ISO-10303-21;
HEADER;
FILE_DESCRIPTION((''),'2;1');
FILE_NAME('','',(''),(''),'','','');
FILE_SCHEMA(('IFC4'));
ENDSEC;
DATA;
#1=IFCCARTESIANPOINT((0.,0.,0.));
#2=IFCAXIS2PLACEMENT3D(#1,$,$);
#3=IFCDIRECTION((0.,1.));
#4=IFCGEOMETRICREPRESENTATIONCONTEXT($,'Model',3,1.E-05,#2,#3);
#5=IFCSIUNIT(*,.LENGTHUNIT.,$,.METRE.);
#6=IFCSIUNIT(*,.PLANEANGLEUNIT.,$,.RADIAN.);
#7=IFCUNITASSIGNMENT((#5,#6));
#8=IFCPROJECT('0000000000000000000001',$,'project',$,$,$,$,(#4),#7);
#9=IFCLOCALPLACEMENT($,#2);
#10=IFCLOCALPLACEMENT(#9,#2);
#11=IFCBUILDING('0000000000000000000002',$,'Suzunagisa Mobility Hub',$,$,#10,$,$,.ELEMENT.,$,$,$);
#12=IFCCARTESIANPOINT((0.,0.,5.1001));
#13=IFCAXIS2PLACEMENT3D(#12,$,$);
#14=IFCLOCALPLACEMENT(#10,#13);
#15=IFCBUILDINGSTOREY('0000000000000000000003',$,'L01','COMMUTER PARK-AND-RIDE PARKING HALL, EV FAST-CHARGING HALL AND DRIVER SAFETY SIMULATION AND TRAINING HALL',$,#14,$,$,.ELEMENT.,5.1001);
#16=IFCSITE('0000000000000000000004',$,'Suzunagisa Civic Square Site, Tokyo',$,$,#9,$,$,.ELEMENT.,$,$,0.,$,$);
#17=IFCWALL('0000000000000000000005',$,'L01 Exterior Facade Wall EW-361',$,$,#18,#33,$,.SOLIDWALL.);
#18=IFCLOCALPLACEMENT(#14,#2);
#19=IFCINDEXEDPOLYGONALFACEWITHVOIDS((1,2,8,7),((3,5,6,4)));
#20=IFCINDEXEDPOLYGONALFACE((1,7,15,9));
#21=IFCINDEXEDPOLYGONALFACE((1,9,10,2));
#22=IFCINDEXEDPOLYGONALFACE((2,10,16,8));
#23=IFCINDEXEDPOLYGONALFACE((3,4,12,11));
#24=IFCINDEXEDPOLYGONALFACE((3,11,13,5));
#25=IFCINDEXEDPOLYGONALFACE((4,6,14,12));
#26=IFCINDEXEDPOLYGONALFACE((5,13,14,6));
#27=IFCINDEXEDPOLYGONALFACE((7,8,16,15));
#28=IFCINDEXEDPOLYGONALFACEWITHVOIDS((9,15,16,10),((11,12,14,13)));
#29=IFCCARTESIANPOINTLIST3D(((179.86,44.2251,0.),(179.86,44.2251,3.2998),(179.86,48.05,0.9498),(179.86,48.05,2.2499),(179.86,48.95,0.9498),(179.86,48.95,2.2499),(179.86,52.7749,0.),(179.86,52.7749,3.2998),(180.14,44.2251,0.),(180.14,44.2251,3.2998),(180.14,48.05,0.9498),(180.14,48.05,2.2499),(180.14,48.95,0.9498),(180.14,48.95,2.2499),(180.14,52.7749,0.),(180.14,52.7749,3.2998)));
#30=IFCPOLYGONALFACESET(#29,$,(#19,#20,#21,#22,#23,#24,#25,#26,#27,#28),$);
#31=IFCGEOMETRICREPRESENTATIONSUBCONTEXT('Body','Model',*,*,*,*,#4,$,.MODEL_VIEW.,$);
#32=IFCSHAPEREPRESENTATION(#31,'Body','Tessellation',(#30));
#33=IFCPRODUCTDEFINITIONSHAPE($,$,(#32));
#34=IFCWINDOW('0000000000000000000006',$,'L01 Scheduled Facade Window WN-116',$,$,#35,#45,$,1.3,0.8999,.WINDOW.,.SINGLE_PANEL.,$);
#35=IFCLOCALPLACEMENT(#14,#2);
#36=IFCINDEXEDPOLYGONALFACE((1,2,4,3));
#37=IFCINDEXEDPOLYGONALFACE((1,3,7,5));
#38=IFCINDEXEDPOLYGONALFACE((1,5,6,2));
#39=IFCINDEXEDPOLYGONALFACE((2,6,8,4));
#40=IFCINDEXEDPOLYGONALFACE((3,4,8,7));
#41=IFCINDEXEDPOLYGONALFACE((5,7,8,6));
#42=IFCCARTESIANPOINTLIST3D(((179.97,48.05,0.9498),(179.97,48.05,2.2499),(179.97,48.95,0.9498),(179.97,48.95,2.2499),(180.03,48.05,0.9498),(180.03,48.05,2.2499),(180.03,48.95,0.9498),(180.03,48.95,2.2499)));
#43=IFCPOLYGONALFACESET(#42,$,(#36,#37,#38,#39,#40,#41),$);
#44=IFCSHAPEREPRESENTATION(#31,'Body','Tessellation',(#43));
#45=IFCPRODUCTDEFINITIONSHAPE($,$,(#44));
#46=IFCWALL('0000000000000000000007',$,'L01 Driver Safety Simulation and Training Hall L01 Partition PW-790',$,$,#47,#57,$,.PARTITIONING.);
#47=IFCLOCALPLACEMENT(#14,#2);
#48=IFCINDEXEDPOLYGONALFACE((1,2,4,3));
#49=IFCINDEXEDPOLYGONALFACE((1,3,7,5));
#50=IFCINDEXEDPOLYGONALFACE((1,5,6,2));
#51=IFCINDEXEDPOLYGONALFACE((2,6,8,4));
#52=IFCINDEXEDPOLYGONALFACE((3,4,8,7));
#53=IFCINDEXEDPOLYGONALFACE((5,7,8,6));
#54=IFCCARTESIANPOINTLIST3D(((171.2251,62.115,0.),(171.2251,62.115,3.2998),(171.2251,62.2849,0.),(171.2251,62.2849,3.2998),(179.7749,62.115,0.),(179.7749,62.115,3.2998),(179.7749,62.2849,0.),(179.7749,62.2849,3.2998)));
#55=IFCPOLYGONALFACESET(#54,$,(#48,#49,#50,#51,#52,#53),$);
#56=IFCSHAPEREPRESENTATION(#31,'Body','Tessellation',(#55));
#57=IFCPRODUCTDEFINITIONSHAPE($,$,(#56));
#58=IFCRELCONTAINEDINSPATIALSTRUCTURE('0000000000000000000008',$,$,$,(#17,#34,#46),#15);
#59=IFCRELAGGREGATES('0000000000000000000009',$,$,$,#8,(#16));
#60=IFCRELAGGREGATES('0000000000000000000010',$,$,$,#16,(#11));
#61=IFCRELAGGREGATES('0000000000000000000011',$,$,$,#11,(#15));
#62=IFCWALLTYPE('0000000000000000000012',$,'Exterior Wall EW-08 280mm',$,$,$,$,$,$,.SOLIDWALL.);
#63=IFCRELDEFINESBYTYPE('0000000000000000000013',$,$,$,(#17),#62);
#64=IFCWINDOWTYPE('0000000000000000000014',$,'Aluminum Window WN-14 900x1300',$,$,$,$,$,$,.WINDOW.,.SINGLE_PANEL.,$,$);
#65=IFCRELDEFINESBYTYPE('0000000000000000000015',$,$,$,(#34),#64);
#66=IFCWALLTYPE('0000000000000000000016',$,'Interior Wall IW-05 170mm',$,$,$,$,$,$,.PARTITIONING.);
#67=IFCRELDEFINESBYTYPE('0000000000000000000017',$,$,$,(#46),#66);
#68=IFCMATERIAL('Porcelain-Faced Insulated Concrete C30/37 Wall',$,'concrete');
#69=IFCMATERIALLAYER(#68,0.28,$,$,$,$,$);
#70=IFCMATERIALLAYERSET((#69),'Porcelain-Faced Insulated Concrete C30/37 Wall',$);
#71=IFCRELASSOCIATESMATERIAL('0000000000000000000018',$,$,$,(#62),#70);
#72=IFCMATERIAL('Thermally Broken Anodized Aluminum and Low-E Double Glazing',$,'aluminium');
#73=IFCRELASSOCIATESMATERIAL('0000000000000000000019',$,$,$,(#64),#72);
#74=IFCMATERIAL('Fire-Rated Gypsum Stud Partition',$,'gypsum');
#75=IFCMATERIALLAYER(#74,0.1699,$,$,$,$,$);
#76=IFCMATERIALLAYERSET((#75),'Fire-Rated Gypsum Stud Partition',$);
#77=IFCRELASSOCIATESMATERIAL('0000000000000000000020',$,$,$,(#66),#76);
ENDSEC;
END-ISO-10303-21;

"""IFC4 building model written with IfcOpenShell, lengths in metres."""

from ifc_helpers import new_model, si_unit, direction, frame, frame_2d, origin, place, context, subcontext, project, spatial, rectangle, extrude, material, layer, layer_set, type_object, element, fill, save


model = new_model("IFC4")

# Units and contexts
model_context = context("Model", 3, precision=1e-05, world=origin(), true_north=direction((0.0, 1.0)))
body_context = subcontext(model_context, "Body", "Model", "MODEL_VIEW")
ifc_project = project(units=[si_unit("LENGTHUNIT", "METRE"), si_unit("PLANEANGLEUNIT", "RADIAN")], contexts=[model_context])

# Site, building, storey
site_placement = place(None, origin())
site = spatial("IfcSite", under=ifc_project, at=site_placement, Name="Suzunagisa Civic Square Site, Tokyo", CompositionType="ELEMENT", RefElevation=0.0)
building_placement = place(site_placement, origin())
building = spatial("IfcBuilding", under=site, at=building_placement, Name="Suzunagisa Mobility Hub", CompositionType="ELEMENT")
storey_placement = place(building_placement, frame((0.0, 0.0, 5.1001)))
storey = spatial("IfcBuildingStorey", under=building, at=storey_placement, Name="L01", Description="COMMUTER PARK-AND-RIDE PARKING HALL, EV FAST-CHARGING HALL AND DRIVER SAFETY SIMULATION AND TRAINING HALL", CompositionType="ELEMENT", Elevation=5.1001)

# Wall, opening, window
ifc_material_1 = material(Name="Porcelain-Faced Insulated Concrete C30/37 Wall", Category="concrete")
ifc_material_2 = material(Name="Thermally Broken Anodized Aluminum and Low-E Double Glazing", Category="aluminium")
ifc_layer_1 = layer(ifc_material_1, 0.28)
ifc_layer_set_1 = layer_set([ifc_layer_1], Name="Porcelain-Faced Insulated Concrete C30/37 Wall")
wall_type_1 = type_object("IfcWallType", Name="Exterior Wall EW-08 280mm", PredefinedType="SOLIDWALL", material=ifc_layer_set_1)
wall_1_placement = place(storey_placement, frame((180.0, 44.2251, 0.0), z_axis=(0.0, 0.0, 1.0), x_axis=(0.0, 1.0, 0.0)))
wall_1 = element("IfcWall", 1, at=wall_1_placement, inside=storey, type_object=wall_type_1, Name="L01 Exterior Facade Wall EW-361", PredefinedType="SOLIDWALL", context=body_context, shape_type="SweptSolid", body=[
    extrude(rectangle(XDim=8.5498, YDim=0.28, at=frame_2d((4.2749, 0.0))), origin(), (0.0, 0.0, 1.0), 3.2998),
])
opening_1_placement = place(wall_1_placement, frame((3.825, 0.0, 0.95)))
opening_1 = element("IfcOpeningElement", 2, at=opening_1_placement, cuts=wall_1, PredefinedType="OPENING", context=body_context, shape_type="SweptSolid", body=[
    extrude(rectangle(XDim=0.8999, YDim=1.3, at=frame_2d((0.45, 0.6499))), frame((0.0, 0.1509, 0.0), z_axis=(0.0, -1.0, 0.0), x_axis=(1.0, 0.0, 0.0)), (0.0, 0.0, 1.0), 0.302),
])
window_type_1 = type_object("IfcWindowType", Name="Aluminum Window WN-14 900x1300", PartitioningType="SINGLE_PANEL", PredefinedType="WINDOW", material=ifc_material_2)
window_1_placement = place(opening_1_placement, origin())
window_1 = element("IfcWindow", 3, at=window_1_placement, inside=storey, type_object=window_type_1, Name="L01 Scheduled Facade Window WN-116", OverallHeight=1.3, OverallWidth=0.8999, PartitioningType="SINGLE_PANEL", PredefinedType="WINDOW", context=body_context, shape_type="SweptSolid", body=[
    extrude(rectangle(XDim=0.8999, YDim=1.3, at=frame_2d((0.45, 0.6499))), frame((0.0, 0.03, 0.0), z_axis=(0.0, -1.0, 0.0), x_axis=(1.0, 0.0, 0.0)), (0.0, 0.0, 1.0), 0.0601),
])
fill(opening_1, window_1)

# Wall
ifc_material_3 = material(Name="Fire-Rated Gypsum Stud Partition", Category="gypsum")
ifc_layer_2 = layer(ifc_material_3, 0.1699)
ifc_layer_set_2 = layer_set([ifc_layer_2], Name="Fire-Rated Gypsum Stud Partition")
wall_type_2 = type_object("IfcWallType", Name="Interior Wall IW-05 170mm", PredefinedType="PARTITIONING", material=ifc_layer_set_2)
wall_2_placement = place(storey_placement, frame((171.2251, 62.2, 0.0), z_axis=(0.0, 0.0, 1.0), x_axis=(1.0, 0.0, 0.0)))
element("IfcWall", 4, at=wall_2_placement, inside=storey, type_object=wall_type_2, Name="L01 Driver Safety Simulation and Training Hall L01 Partition PW-790", PredefinedType="PARTITIONING", context=body_context, shape_type="SweptSolid", body=[
    extrude(rectangle(XDim=8.5498, YDim=0.1699, at=frame_2d((4.2749, 0.0))), origin(), (0.0, 0.0, 1.0), 3.2998),
])

save(model, "model.ifc")
